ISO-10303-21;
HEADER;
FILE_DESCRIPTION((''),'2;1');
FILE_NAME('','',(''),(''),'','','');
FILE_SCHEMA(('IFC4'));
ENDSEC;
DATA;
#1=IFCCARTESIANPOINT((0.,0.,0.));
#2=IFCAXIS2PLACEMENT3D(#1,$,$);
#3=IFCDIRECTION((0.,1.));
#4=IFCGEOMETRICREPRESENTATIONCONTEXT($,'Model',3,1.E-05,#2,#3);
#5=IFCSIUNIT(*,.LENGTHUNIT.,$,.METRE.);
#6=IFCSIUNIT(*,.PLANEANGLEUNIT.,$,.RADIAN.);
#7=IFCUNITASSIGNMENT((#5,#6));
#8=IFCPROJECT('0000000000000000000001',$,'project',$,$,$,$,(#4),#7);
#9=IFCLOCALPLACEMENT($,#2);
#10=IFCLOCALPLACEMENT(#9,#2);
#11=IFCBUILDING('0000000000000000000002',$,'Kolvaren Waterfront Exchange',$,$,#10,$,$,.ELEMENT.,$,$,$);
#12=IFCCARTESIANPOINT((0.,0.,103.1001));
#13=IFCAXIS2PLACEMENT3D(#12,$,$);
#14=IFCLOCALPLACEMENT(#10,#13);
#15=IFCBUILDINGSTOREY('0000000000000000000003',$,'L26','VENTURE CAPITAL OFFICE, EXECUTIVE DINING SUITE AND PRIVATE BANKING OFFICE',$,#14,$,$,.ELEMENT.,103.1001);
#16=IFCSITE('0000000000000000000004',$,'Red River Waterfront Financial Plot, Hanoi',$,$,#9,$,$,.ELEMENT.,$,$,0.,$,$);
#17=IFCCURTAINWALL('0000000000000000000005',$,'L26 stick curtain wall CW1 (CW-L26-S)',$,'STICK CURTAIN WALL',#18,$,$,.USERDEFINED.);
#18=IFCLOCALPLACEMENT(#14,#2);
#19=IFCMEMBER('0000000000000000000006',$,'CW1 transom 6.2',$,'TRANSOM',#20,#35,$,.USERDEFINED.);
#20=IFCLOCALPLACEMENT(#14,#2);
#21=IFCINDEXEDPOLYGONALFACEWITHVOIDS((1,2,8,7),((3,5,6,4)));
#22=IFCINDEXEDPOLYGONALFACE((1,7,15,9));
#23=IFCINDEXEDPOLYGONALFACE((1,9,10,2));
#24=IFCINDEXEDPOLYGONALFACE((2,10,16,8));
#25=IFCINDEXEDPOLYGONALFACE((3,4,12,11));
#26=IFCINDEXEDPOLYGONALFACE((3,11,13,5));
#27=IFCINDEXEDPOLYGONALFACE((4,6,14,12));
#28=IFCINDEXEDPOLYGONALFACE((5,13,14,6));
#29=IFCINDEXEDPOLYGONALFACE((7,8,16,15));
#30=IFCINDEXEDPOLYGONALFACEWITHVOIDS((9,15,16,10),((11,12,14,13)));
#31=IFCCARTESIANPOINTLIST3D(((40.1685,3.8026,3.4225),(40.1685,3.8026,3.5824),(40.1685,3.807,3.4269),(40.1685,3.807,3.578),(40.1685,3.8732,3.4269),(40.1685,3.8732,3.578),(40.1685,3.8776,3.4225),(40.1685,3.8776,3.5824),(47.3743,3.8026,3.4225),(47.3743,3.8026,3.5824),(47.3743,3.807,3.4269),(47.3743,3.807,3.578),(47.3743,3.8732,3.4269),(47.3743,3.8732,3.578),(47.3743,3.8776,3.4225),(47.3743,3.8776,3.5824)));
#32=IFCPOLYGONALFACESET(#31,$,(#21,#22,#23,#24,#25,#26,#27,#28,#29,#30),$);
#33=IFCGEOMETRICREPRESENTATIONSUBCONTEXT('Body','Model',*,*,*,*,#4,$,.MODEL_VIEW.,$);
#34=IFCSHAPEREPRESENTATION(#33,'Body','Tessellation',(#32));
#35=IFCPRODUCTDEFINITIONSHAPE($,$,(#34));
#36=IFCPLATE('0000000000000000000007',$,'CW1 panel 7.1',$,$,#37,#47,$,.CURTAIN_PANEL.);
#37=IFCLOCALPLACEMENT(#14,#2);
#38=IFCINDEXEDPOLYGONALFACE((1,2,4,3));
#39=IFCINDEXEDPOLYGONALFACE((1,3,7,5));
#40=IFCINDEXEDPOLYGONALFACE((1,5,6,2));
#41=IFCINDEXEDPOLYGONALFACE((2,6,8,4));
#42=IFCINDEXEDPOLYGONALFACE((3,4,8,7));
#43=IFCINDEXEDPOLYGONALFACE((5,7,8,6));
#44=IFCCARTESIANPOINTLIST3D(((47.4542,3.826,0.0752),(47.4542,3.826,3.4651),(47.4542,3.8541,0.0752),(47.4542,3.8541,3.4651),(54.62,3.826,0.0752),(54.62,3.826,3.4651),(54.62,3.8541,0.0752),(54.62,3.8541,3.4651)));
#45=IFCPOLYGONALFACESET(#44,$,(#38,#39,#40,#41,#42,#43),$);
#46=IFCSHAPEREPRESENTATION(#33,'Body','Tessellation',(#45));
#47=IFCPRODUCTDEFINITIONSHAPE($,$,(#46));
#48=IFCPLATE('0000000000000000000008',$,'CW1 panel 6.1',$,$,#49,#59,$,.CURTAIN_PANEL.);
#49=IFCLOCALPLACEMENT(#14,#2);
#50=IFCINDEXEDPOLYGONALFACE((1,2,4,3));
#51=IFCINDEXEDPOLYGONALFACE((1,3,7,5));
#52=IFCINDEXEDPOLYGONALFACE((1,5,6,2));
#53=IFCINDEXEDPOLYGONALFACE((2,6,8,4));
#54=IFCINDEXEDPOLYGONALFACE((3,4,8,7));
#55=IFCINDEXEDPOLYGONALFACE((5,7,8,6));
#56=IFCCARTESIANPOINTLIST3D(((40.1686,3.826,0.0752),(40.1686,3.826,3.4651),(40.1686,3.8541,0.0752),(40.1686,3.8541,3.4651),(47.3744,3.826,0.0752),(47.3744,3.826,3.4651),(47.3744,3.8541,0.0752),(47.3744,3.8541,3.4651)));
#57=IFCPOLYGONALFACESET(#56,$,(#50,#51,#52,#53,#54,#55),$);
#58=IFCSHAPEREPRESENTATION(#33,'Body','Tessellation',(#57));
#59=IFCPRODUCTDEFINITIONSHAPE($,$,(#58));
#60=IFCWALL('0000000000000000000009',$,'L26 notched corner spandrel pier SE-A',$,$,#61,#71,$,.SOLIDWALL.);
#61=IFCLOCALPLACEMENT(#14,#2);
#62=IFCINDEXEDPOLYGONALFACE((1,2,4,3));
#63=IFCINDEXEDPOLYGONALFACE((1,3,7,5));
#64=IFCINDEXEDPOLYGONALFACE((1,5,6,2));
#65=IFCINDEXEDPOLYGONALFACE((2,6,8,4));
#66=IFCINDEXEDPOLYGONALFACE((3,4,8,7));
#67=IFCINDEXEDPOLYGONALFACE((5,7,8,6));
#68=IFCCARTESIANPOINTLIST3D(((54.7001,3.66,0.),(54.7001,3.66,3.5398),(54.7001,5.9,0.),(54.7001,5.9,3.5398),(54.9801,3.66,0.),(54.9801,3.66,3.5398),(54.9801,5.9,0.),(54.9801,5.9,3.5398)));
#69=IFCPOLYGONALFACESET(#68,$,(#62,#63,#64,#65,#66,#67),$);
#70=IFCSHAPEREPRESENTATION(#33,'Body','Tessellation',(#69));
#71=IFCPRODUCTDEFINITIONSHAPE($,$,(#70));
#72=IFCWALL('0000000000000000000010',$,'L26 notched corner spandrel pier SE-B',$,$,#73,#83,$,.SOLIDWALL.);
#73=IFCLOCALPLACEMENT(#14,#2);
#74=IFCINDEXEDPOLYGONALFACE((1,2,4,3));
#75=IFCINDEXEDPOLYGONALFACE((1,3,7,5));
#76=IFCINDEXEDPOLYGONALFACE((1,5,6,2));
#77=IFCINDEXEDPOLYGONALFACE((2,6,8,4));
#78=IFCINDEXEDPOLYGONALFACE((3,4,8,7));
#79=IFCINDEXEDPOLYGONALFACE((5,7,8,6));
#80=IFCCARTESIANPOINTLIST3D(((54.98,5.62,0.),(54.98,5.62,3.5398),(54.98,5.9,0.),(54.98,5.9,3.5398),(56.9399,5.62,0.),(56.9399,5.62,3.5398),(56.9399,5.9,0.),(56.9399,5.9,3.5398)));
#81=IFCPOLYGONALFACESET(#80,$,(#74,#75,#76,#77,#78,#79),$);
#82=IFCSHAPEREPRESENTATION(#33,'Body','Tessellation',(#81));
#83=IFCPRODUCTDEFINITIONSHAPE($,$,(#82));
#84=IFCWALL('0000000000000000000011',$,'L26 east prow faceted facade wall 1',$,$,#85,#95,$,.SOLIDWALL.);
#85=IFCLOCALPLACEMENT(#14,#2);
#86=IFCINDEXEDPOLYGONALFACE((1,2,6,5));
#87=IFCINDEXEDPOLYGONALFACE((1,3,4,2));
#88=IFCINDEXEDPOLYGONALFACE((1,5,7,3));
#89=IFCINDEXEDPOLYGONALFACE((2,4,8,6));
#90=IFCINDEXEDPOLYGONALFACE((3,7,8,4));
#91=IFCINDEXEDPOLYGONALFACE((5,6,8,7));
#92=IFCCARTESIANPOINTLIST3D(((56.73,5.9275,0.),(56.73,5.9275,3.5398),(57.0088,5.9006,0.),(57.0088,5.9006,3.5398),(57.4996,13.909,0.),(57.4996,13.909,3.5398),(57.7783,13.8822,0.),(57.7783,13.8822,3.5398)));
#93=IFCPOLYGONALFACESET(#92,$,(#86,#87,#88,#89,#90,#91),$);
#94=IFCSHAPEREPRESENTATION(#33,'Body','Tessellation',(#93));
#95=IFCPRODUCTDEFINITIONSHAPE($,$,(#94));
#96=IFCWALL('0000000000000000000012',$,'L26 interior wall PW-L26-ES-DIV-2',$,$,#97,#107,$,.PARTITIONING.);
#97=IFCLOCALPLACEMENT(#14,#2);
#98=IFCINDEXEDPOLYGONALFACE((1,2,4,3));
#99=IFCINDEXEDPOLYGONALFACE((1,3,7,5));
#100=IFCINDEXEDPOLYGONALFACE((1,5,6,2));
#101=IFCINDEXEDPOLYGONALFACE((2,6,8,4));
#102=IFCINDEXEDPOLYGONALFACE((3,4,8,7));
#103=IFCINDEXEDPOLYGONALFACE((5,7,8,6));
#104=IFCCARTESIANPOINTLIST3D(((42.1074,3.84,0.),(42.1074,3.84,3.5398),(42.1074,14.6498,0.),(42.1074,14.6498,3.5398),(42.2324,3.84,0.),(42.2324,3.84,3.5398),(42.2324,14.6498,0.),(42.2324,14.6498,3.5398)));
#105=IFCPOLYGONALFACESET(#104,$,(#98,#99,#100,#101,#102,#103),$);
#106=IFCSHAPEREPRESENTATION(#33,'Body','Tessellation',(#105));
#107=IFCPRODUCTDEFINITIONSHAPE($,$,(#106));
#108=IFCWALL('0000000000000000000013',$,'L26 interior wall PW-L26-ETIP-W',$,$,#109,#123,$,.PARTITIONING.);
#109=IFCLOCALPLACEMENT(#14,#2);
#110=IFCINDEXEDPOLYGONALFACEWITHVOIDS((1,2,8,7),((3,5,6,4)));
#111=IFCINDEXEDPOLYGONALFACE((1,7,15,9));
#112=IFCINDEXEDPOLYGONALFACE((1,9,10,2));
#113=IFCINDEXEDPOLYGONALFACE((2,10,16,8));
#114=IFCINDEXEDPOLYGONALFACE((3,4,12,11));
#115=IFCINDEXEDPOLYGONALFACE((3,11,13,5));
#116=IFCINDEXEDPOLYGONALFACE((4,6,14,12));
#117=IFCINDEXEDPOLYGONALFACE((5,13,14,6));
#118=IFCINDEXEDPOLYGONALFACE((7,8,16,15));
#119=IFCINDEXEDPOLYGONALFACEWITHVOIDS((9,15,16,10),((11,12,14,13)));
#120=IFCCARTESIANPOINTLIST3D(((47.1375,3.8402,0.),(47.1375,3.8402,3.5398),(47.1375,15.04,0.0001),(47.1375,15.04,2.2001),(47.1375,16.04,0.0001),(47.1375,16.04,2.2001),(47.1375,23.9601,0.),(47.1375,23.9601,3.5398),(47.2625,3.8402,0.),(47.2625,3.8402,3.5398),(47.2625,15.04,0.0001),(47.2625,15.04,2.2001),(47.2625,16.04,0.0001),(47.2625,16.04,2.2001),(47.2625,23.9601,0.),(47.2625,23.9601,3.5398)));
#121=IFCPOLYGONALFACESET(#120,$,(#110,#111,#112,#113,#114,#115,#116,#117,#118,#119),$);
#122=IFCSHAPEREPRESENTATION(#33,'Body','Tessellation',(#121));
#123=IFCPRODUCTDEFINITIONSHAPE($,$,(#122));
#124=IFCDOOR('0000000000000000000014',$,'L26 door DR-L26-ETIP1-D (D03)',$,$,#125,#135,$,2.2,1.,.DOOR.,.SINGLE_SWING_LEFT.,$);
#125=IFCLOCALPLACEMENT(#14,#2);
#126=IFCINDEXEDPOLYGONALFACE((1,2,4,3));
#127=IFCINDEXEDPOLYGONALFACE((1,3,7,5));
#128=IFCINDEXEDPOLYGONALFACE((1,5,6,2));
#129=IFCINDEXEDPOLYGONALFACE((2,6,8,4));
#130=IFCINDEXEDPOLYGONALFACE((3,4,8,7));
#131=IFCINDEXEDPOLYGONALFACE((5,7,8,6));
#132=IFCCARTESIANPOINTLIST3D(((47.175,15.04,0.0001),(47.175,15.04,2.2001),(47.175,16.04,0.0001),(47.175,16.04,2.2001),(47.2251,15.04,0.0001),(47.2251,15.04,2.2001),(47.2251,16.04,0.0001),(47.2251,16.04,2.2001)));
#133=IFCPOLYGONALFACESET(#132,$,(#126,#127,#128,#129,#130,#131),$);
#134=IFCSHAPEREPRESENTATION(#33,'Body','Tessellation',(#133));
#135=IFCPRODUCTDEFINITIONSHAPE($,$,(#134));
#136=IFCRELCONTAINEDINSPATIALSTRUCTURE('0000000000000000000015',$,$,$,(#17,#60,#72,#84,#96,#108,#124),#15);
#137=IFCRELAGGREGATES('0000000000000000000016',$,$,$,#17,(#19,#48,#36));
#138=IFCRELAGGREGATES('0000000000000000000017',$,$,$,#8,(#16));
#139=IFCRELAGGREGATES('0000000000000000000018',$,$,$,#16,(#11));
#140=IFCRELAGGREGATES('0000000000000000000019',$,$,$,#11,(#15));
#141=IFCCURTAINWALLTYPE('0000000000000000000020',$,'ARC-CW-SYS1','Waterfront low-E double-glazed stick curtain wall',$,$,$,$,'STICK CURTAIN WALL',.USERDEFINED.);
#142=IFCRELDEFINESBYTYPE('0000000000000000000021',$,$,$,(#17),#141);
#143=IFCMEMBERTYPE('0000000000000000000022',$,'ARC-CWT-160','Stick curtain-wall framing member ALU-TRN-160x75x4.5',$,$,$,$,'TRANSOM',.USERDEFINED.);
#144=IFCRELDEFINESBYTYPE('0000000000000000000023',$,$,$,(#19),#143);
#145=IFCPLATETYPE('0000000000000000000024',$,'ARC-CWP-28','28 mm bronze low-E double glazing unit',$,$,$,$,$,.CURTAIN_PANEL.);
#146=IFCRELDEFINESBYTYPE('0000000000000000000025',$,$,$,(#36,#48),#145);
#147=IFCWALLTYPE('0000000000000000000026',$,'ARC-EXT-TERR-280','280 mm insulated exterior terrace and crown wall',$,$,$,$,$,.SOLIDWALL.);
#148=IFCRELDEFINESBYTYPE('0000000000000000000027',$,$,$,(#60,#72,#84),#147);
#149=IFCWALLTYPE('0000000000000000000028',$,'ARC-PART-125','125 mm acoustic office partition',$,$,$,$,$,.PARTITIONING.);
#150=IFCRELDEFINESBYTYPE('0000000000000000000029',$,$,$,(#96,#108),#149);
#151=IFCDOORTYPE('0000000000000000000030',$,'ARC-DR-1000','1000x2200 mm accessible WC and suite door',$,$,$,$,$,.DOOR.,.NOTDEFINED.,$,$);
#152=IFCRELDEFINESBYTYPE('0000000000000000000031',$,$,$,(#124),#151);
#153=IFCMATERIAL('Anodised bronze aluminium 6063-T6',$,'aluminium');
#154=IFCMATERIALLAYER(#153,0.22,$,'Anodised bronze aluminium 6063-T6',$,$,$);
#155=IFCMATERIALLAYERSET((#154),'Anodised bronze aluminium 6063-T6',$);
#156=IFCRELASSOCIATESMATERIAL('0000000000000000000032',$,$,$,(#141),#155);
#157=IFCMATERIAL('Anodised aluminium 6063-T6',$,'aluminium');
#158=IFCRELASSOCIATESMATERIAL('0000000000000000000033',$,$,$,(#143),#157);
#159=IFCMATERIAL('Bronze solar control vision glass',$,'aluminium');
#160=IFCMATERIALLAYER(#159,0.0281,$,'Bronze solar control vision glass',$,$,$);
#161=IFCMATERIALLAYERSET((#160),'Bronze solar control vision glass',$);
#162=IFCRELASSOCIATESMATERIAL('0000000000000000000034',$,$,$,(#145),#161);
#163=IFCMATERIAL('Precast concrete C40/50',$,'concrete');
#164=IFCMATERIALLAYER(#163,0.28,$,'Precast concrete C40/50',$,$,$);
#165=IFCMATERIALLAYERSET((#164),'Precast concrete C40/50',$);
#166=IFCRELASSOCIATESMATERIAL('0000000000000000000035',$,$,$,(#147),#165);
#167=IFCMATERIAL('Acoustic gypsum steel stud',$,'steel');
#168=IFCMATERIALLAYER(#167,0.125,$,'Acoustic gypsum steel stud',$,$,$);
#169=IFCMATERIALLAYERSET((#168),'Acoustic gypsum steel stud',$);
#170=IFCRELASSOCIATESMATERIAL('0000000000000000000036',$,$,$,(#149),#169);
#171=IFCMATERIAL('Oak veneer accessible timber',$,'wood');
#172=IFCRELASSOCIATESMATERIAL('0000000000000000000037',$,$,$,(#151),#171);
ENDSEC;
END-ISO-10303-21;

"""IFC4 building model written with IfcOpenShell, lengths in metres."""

from ifc_helpers import new_model, si_unit, direction, frame, frame_2d, origin, origin_with_axes, origin_2d, place, context, subcontext, project, spatial, rectangle, hollow_rectangle, extrude, source, transform, mapped, material, layer, layer_set, material_profile, profile_set, type_object, element, fill, aggregate, save


model = new_model("IFC4")

# Units and contexts
model_context = context("Model", 3, precision=1e-05, world=origin(), true_north=direction((0.0, 1.0)))
body_context = subcontext(model_context, "Body", "Model", "MODEL_VIEW")
ifc_project = project(units=[si_unit("LENGTHUNIT", "METRE"), si_unit("PLANEANGLEUNIT", "RADIAN")], contexts=[model_context])

# Site, building, storey
site_placement = place(None, origin())
site = spatial("IfcSite", under=ifc_project, at=site_placement, Name="Red River Waterfront Financial Plot, Hanoi", CompositionType="ELEMENT", RefElevation=0.0)
building_placement = place(site_placement, origin())
building = spatial("IfcBuilding", under=site, at=building_placement, Name="Kolvaren Waterfront Exchange", CompositionType="ELEMENT")
storey_placement = place(building_placement, frame((0.0, 0.0, 103.1001)))
storey = spatial("IfcBuildingStorey", under=building, at=storey_placement, Name="L26", Description="VENTURE CAPITAL OFFICE, EXECUTIVE DINING SUITE AND PRIVATE BANKING OFFICE", CompositionType="ELEMENT", Elevation=103.1001)

# Curtain wall
ifc_material_1 = material(Name="Anodised bronze aluminium 6063-T6", Category="aluminium")
ifc_layer_1 = layer(ifc_material_1, 0.22, Name="Anodised bronze aluminium 6063-T6")
ifc_layer_set_1 = layer_set([ifc_layer_1], Name="Anodised bronze aluminium 6063-T6")
curtain_wall_type_1 = type_object("IfcCurtainWallType", Name="ARC-CW-SYS1", Description="Waterfront low-E double-glazed stick curtain wall", ElementType="STICK CURTAIN WALL", PredefinedType="USERDEFINED", material=ifc_layer_set_1)
curtain_wall_1_placement = place(storey_placement, origin())
curtain_wall_1 = element("IfcCurtainWall", 1, at=curtain_wall_1_placement, inside=storey, type_object=curtain_wall_type_1, Name="L26 stick curtain wall CW1 (CW-L26-S)", ObjectType="STICK CURTAIN WALL", PredefinedType="USERDEFINED")
ifc_material_2 = material(Name="Anodised aluminium 6063-T6", Category="aluminium")

# Member
ifc_material_profile_1 = material_profile(ifc_material_2, hollow_rectangle(XDim=0.075, YDim=0.1599, WallThickness=0.0044, at=origin_2d()), Name="ALU-TRN-160x75x4.5")
ifc_profile_set_1 = profile_set([ifc_material_profile_1], Name="Anodised aluminium 6063-T6")
member_type_1 = type_object("IfcMemberType", Name="ARC-CWT-160", Description="Stick curtain-wall framing member ALU-TRN-160x75x4.5", ElementType="TRANSOM", PredefinedType="USERDEFINED", material=ifc_profile_set_1)
shared_shape_1 = source(origin_with_axes(), body_context, "Body", "SweptSolid", [
    extrude(hollow_rectangle(XDim=0.075, YDim=0.1599, WallThickness=0.0044, at=origin_2d()), origin(), (0.0, 0.0, 1.0), 7.2058),
])
member_1_placement = place(storey_placement, frame((40.1685, 3.8401, 3.5024), z_axis=(1.0, 0.0, 0.0), x_axis=(0.0, 1.0, 0.0)))
member_1 = element("IfcMember", 2, at=member_1_placement, type_object=member_type_1, Name="CW1 transom 6.2", ObjectType="TRANSOM", PredefinedType="USERDEFINED", context=body_context, shape_type="MappedRepresentation", body=[
    mapped(shared_shape_1, transform((0.0, 0.0, 0.0), x_axis=(1.0, 0.0, 0.0), y_axis=(0.0, 1.0, 0.0), z_axis=(0.0, 0.0, 1.0), scale=1.0)),
])

# Plates
ifc_material_3 = material(Name="Bronze solar control vision glass", Category="aluminium")
ifc_layer_2 = layer(ifc_material_3, 0.0281, Name="Bronze solar control vision glass")
ifc_layer_set_2 = layer_set([ifc_layer_2], Name="Bronze solar control vision glass")
plate_type = type_object("IfcPlateType", Name="ARC-CWP-28", Description="28 mm bronze low-E double glazing unit", PredefinedType="CURTAIN_PANEL", material=ifc_layer_set_2)
shared_shape_2 = source(origin_with_axes(), body_context, "Body", "SweptSolid", [
    extrude(rectangle(XDim=7.1658, YDim=0.0281, at=origin_2d()), origin(), (0.0, 0.0, 1.0), 3.3899),
])
plate_1_placement = place(storey_placement, frame((51.0371, 3.8401, 0.0752), z_axis=(0.0, 0.0, 1.0), x_axis=(1.0, 0.0, 0.0)))
plate_1 = element("IfcPlate", 3, at=plate_1_placement, type_object=plate_type, Name="CW1 panel 7.1", PredefinedType="CURTAIN_PANEL", context=body_context, shape_type="MappedRepresentation", body=[
    mapped(shared_shape_2, transform((0.0, 0.0, 0.0), x_axis=(1.0, 0.0, 0.0), y_axis=(0.0, 1.0, 0.0), z_axis=(0.0, 0.0, 1.0), scale=1.0)),
])
shared_shape_3 = source(origin_with_axes(), body_context, "Body", "SweptSolid", [
    extrude(rectangle(XDim=7.2058, YDim=0.0281, at=origin_2d()), origin(), (0.0, 0.0, 1.0), 3.3899),
])
plate_2_placement = place(storey_placement, frame((43.7715, 3.8401, 0.0752), z_axis=(0.0, 0.0, 1.0), x_axis=(1.0, 0.0, 0.0)))
plate_2 = element("IfcPlate", 4, at=plate_2_placement, type_object=plate_type, Name="CW1 panel 6.1", PredefinedType="CURTAIN_PANEL", context=body_context, shape_type="MappedRepresentation", body=[
    mapped(shared_shape_3, transform((0.0, 0.0, 0.0), x_axis=(1.0, 0.0, 0.0), y_axis=(0.0, 1.0, 0.0), z_axis=(0.0, 0.0, 1.0), scale=1.0)),
])
aggregate(curtain_wall_1, [member_1, plate_2, plate_1])

# Walls
ifc_material_4 = material(Name="Precast concrete C40/50", Category="concrete")
ifc_layer_3 = layer(ifc_material_4, 0.28, Name="Precast concrete C40/50")
ifc_layer_set_3 = layer_set([ifc_layer_3], Name="Precast concrete C40/50")
wall_type_1 = type_object("IfcWallType", Name="ARC-EXT-TERR-280", Description="280 mm insulated exterior terrace and crown wall", PredefinedType="SOLIDWALL", material=ifc_layer_set_3)
wall_1_placement = place(storey_placement, frame((54.8401, 3.6599, 0.0), z_axis=(0.0, 0.0, 1.0), x_axis=(0.0, 1.0, 0.0)))
element("IfcWall", 5, at=wall_1_placement, inside=storey, type_object=wall_type_1, Name="L26 notched corner spandrel pier SE-A", PredefinedType="SOLIDWALL", context=body_context, shape_type="SweptSolid", body=[
    extrude(rectangle(XDim=2.24, YDim=0.28, at=frame_2d((1.1201, 0.0))), origin(), (0.0, 0.0, 1.0), 3.5398),
])
wall_2_placement = place(storey_placement, frame((54.98, 5.76, 0.0), z_axis=(0.0, 0.0, 1.0), x_axis=(1.0, 0.0, 0.0)))
element("IfcWall", 6, at=wall_2_placement, inside=storey, type_object=wall_type_1, Name="L26 notched corner spandrel pier SE-B", PredefinedType="SOLIDWALL", context=body_context, shape_type="SweptSolid", body=[
    extrude(rectangle(XDim=1.96, YDim=0.28, at=frame_2d((0.98, 0.0))), origin(), (0.0, 0.0, 1.0), 3.5398),
])
wall_3_placement = place(storey_placement, frame((56.8694, 5.9141, 0.0), z_axis=(0.0, 0.0, 1.0), x_axis=(0.09597, 0.995384, 0.0)))
element("IfcWall", 7, at=wall_3_placement, inside=storey, type_object=wall_type_1, Name="L26 east prow faceted facade wall 1", PredefinedType="SOLIDWALL", context=body_context, shape_type="SweptSolid", body=[
    extrude(rectangle(XDim=8.0186, YDim=0.28, at=frame_2d((4.0093, 0.0))), origin(), (0.0, 0.0, 1.0), 3.5398),
])
ifc_material_5 = material(Name="Acoustic gypsum steel stud", Category="steel")
ifc_layer_4 = layer(ifc_material_5, 0.125, Name="Acoustic gypsum steel stud")
ifc_layer_set_4 = layer_set([ifc_layer_4], Name="Acoustic gypsum steel stud")
wall_type_2 = type_object("IfcWallType", Name="ARC-PART-125", Description="125 mm acoustic office partition", PredefinedType="PARTITIONING", material=ifc_layer_set_4)
wall_4_placement = place(storey_placement, frame((42.1699, 3.8401, 0.0), z_axis=(0.0, 0.0, 1.0), x_axis=(0.0, 1.0, 0.0)))
element("IfcWall", 8, at=wall_4_placement, inside=storey, type_object=wall_type_2, Name="L26 interior wall PW-L26-ES-DIV-2", PredefinedType="PARTITIONING", context=body_context, shape_type="SweptSolid", body=[
    extrude(rectangle(XDim=10.8098, YDim=0.125, at=frame_2d((5.4048, 0.0))), origin(), (0.0, 0.0, 1.0), 3.5398),
])

# Wall, opening, door
wall_5_placement = place(storey_placement, frame((47.2, 3.8401, 0.0), z_axis=(0.0, 0.0, 1.0), x_axis=(0.0, 1.0, 0.0)))
wall_5 = element("IfcWall", 9, at=wall_5_placement, inside=storey, type_object=wall_type_2, Name="L26 interior wall PW-L26-ETIP-W", PredefinedType="PARTITIONING", context=body_context, shape_type="SweptSolid", body=[
    extrude(rectangle(XDim=20.1199, YDim=0.125, at=frame_2d((10.0601, 0.0))), origin(), (0.0, 0.0, 1.0), 3.5398),
])
opening_placement = place(wall_5_placement, frame((11.2, 0.0, 0.0)))
opening = element("IfcOpeningElement", 10, at=opening_placement, cuts=wall_5, PredefinedType="OPENING", context=body_context, shape_type="SweptSolid", body=[
    extrude(rectangle(XDim=1.0, YDim=2.2, at=frame_2d((0.5, 1.1001))), frame((0.0, 0.0725, 0.0), z_axis=(0.0, -1.0, 0.0), x_axis=(1.0, 0.0, 0.0)), (0.0, 0.0, 1.0), 0.145),
])
ifc_material_6 = material(Name="Oak veneer accessible timber", Category="wood")
door_type = type_object("IfcDoorType", Name="ARC-DR-1000", Description="1000x2200 mm accessible WC and suite door", OperationType="NOTDEFINED", PredefinedType="DOOR", material=ifc_material_6)
door_placement = place(opening_placement, origin())
door = element("IfcDoor", 11, at=door_placement, inside=storey, type_object=door_type, Name="L26 door DR-L26-ETIP1-D (D03)", OperationType="SINGLE_SWING_LEFT", OverallHeight=2.2, OverallWidth=1.0, PredefinedType="DOOR", context=body_context, shape_type="SweptSolid", body=[
    extrude(rectangle(XDim=1.0, YDim=2.2, at=frame_2d((0.5, 1.1001))), frame((0.0, 0.0249, 0.0), z_axis=(0.0, -1.0, 0.0), x_axis=(1.0, 0.0, 0.0)), (0.0, 0.0, 1.0), 0.05),
])
fill(opening, door)

save(model, "model.ifc")
